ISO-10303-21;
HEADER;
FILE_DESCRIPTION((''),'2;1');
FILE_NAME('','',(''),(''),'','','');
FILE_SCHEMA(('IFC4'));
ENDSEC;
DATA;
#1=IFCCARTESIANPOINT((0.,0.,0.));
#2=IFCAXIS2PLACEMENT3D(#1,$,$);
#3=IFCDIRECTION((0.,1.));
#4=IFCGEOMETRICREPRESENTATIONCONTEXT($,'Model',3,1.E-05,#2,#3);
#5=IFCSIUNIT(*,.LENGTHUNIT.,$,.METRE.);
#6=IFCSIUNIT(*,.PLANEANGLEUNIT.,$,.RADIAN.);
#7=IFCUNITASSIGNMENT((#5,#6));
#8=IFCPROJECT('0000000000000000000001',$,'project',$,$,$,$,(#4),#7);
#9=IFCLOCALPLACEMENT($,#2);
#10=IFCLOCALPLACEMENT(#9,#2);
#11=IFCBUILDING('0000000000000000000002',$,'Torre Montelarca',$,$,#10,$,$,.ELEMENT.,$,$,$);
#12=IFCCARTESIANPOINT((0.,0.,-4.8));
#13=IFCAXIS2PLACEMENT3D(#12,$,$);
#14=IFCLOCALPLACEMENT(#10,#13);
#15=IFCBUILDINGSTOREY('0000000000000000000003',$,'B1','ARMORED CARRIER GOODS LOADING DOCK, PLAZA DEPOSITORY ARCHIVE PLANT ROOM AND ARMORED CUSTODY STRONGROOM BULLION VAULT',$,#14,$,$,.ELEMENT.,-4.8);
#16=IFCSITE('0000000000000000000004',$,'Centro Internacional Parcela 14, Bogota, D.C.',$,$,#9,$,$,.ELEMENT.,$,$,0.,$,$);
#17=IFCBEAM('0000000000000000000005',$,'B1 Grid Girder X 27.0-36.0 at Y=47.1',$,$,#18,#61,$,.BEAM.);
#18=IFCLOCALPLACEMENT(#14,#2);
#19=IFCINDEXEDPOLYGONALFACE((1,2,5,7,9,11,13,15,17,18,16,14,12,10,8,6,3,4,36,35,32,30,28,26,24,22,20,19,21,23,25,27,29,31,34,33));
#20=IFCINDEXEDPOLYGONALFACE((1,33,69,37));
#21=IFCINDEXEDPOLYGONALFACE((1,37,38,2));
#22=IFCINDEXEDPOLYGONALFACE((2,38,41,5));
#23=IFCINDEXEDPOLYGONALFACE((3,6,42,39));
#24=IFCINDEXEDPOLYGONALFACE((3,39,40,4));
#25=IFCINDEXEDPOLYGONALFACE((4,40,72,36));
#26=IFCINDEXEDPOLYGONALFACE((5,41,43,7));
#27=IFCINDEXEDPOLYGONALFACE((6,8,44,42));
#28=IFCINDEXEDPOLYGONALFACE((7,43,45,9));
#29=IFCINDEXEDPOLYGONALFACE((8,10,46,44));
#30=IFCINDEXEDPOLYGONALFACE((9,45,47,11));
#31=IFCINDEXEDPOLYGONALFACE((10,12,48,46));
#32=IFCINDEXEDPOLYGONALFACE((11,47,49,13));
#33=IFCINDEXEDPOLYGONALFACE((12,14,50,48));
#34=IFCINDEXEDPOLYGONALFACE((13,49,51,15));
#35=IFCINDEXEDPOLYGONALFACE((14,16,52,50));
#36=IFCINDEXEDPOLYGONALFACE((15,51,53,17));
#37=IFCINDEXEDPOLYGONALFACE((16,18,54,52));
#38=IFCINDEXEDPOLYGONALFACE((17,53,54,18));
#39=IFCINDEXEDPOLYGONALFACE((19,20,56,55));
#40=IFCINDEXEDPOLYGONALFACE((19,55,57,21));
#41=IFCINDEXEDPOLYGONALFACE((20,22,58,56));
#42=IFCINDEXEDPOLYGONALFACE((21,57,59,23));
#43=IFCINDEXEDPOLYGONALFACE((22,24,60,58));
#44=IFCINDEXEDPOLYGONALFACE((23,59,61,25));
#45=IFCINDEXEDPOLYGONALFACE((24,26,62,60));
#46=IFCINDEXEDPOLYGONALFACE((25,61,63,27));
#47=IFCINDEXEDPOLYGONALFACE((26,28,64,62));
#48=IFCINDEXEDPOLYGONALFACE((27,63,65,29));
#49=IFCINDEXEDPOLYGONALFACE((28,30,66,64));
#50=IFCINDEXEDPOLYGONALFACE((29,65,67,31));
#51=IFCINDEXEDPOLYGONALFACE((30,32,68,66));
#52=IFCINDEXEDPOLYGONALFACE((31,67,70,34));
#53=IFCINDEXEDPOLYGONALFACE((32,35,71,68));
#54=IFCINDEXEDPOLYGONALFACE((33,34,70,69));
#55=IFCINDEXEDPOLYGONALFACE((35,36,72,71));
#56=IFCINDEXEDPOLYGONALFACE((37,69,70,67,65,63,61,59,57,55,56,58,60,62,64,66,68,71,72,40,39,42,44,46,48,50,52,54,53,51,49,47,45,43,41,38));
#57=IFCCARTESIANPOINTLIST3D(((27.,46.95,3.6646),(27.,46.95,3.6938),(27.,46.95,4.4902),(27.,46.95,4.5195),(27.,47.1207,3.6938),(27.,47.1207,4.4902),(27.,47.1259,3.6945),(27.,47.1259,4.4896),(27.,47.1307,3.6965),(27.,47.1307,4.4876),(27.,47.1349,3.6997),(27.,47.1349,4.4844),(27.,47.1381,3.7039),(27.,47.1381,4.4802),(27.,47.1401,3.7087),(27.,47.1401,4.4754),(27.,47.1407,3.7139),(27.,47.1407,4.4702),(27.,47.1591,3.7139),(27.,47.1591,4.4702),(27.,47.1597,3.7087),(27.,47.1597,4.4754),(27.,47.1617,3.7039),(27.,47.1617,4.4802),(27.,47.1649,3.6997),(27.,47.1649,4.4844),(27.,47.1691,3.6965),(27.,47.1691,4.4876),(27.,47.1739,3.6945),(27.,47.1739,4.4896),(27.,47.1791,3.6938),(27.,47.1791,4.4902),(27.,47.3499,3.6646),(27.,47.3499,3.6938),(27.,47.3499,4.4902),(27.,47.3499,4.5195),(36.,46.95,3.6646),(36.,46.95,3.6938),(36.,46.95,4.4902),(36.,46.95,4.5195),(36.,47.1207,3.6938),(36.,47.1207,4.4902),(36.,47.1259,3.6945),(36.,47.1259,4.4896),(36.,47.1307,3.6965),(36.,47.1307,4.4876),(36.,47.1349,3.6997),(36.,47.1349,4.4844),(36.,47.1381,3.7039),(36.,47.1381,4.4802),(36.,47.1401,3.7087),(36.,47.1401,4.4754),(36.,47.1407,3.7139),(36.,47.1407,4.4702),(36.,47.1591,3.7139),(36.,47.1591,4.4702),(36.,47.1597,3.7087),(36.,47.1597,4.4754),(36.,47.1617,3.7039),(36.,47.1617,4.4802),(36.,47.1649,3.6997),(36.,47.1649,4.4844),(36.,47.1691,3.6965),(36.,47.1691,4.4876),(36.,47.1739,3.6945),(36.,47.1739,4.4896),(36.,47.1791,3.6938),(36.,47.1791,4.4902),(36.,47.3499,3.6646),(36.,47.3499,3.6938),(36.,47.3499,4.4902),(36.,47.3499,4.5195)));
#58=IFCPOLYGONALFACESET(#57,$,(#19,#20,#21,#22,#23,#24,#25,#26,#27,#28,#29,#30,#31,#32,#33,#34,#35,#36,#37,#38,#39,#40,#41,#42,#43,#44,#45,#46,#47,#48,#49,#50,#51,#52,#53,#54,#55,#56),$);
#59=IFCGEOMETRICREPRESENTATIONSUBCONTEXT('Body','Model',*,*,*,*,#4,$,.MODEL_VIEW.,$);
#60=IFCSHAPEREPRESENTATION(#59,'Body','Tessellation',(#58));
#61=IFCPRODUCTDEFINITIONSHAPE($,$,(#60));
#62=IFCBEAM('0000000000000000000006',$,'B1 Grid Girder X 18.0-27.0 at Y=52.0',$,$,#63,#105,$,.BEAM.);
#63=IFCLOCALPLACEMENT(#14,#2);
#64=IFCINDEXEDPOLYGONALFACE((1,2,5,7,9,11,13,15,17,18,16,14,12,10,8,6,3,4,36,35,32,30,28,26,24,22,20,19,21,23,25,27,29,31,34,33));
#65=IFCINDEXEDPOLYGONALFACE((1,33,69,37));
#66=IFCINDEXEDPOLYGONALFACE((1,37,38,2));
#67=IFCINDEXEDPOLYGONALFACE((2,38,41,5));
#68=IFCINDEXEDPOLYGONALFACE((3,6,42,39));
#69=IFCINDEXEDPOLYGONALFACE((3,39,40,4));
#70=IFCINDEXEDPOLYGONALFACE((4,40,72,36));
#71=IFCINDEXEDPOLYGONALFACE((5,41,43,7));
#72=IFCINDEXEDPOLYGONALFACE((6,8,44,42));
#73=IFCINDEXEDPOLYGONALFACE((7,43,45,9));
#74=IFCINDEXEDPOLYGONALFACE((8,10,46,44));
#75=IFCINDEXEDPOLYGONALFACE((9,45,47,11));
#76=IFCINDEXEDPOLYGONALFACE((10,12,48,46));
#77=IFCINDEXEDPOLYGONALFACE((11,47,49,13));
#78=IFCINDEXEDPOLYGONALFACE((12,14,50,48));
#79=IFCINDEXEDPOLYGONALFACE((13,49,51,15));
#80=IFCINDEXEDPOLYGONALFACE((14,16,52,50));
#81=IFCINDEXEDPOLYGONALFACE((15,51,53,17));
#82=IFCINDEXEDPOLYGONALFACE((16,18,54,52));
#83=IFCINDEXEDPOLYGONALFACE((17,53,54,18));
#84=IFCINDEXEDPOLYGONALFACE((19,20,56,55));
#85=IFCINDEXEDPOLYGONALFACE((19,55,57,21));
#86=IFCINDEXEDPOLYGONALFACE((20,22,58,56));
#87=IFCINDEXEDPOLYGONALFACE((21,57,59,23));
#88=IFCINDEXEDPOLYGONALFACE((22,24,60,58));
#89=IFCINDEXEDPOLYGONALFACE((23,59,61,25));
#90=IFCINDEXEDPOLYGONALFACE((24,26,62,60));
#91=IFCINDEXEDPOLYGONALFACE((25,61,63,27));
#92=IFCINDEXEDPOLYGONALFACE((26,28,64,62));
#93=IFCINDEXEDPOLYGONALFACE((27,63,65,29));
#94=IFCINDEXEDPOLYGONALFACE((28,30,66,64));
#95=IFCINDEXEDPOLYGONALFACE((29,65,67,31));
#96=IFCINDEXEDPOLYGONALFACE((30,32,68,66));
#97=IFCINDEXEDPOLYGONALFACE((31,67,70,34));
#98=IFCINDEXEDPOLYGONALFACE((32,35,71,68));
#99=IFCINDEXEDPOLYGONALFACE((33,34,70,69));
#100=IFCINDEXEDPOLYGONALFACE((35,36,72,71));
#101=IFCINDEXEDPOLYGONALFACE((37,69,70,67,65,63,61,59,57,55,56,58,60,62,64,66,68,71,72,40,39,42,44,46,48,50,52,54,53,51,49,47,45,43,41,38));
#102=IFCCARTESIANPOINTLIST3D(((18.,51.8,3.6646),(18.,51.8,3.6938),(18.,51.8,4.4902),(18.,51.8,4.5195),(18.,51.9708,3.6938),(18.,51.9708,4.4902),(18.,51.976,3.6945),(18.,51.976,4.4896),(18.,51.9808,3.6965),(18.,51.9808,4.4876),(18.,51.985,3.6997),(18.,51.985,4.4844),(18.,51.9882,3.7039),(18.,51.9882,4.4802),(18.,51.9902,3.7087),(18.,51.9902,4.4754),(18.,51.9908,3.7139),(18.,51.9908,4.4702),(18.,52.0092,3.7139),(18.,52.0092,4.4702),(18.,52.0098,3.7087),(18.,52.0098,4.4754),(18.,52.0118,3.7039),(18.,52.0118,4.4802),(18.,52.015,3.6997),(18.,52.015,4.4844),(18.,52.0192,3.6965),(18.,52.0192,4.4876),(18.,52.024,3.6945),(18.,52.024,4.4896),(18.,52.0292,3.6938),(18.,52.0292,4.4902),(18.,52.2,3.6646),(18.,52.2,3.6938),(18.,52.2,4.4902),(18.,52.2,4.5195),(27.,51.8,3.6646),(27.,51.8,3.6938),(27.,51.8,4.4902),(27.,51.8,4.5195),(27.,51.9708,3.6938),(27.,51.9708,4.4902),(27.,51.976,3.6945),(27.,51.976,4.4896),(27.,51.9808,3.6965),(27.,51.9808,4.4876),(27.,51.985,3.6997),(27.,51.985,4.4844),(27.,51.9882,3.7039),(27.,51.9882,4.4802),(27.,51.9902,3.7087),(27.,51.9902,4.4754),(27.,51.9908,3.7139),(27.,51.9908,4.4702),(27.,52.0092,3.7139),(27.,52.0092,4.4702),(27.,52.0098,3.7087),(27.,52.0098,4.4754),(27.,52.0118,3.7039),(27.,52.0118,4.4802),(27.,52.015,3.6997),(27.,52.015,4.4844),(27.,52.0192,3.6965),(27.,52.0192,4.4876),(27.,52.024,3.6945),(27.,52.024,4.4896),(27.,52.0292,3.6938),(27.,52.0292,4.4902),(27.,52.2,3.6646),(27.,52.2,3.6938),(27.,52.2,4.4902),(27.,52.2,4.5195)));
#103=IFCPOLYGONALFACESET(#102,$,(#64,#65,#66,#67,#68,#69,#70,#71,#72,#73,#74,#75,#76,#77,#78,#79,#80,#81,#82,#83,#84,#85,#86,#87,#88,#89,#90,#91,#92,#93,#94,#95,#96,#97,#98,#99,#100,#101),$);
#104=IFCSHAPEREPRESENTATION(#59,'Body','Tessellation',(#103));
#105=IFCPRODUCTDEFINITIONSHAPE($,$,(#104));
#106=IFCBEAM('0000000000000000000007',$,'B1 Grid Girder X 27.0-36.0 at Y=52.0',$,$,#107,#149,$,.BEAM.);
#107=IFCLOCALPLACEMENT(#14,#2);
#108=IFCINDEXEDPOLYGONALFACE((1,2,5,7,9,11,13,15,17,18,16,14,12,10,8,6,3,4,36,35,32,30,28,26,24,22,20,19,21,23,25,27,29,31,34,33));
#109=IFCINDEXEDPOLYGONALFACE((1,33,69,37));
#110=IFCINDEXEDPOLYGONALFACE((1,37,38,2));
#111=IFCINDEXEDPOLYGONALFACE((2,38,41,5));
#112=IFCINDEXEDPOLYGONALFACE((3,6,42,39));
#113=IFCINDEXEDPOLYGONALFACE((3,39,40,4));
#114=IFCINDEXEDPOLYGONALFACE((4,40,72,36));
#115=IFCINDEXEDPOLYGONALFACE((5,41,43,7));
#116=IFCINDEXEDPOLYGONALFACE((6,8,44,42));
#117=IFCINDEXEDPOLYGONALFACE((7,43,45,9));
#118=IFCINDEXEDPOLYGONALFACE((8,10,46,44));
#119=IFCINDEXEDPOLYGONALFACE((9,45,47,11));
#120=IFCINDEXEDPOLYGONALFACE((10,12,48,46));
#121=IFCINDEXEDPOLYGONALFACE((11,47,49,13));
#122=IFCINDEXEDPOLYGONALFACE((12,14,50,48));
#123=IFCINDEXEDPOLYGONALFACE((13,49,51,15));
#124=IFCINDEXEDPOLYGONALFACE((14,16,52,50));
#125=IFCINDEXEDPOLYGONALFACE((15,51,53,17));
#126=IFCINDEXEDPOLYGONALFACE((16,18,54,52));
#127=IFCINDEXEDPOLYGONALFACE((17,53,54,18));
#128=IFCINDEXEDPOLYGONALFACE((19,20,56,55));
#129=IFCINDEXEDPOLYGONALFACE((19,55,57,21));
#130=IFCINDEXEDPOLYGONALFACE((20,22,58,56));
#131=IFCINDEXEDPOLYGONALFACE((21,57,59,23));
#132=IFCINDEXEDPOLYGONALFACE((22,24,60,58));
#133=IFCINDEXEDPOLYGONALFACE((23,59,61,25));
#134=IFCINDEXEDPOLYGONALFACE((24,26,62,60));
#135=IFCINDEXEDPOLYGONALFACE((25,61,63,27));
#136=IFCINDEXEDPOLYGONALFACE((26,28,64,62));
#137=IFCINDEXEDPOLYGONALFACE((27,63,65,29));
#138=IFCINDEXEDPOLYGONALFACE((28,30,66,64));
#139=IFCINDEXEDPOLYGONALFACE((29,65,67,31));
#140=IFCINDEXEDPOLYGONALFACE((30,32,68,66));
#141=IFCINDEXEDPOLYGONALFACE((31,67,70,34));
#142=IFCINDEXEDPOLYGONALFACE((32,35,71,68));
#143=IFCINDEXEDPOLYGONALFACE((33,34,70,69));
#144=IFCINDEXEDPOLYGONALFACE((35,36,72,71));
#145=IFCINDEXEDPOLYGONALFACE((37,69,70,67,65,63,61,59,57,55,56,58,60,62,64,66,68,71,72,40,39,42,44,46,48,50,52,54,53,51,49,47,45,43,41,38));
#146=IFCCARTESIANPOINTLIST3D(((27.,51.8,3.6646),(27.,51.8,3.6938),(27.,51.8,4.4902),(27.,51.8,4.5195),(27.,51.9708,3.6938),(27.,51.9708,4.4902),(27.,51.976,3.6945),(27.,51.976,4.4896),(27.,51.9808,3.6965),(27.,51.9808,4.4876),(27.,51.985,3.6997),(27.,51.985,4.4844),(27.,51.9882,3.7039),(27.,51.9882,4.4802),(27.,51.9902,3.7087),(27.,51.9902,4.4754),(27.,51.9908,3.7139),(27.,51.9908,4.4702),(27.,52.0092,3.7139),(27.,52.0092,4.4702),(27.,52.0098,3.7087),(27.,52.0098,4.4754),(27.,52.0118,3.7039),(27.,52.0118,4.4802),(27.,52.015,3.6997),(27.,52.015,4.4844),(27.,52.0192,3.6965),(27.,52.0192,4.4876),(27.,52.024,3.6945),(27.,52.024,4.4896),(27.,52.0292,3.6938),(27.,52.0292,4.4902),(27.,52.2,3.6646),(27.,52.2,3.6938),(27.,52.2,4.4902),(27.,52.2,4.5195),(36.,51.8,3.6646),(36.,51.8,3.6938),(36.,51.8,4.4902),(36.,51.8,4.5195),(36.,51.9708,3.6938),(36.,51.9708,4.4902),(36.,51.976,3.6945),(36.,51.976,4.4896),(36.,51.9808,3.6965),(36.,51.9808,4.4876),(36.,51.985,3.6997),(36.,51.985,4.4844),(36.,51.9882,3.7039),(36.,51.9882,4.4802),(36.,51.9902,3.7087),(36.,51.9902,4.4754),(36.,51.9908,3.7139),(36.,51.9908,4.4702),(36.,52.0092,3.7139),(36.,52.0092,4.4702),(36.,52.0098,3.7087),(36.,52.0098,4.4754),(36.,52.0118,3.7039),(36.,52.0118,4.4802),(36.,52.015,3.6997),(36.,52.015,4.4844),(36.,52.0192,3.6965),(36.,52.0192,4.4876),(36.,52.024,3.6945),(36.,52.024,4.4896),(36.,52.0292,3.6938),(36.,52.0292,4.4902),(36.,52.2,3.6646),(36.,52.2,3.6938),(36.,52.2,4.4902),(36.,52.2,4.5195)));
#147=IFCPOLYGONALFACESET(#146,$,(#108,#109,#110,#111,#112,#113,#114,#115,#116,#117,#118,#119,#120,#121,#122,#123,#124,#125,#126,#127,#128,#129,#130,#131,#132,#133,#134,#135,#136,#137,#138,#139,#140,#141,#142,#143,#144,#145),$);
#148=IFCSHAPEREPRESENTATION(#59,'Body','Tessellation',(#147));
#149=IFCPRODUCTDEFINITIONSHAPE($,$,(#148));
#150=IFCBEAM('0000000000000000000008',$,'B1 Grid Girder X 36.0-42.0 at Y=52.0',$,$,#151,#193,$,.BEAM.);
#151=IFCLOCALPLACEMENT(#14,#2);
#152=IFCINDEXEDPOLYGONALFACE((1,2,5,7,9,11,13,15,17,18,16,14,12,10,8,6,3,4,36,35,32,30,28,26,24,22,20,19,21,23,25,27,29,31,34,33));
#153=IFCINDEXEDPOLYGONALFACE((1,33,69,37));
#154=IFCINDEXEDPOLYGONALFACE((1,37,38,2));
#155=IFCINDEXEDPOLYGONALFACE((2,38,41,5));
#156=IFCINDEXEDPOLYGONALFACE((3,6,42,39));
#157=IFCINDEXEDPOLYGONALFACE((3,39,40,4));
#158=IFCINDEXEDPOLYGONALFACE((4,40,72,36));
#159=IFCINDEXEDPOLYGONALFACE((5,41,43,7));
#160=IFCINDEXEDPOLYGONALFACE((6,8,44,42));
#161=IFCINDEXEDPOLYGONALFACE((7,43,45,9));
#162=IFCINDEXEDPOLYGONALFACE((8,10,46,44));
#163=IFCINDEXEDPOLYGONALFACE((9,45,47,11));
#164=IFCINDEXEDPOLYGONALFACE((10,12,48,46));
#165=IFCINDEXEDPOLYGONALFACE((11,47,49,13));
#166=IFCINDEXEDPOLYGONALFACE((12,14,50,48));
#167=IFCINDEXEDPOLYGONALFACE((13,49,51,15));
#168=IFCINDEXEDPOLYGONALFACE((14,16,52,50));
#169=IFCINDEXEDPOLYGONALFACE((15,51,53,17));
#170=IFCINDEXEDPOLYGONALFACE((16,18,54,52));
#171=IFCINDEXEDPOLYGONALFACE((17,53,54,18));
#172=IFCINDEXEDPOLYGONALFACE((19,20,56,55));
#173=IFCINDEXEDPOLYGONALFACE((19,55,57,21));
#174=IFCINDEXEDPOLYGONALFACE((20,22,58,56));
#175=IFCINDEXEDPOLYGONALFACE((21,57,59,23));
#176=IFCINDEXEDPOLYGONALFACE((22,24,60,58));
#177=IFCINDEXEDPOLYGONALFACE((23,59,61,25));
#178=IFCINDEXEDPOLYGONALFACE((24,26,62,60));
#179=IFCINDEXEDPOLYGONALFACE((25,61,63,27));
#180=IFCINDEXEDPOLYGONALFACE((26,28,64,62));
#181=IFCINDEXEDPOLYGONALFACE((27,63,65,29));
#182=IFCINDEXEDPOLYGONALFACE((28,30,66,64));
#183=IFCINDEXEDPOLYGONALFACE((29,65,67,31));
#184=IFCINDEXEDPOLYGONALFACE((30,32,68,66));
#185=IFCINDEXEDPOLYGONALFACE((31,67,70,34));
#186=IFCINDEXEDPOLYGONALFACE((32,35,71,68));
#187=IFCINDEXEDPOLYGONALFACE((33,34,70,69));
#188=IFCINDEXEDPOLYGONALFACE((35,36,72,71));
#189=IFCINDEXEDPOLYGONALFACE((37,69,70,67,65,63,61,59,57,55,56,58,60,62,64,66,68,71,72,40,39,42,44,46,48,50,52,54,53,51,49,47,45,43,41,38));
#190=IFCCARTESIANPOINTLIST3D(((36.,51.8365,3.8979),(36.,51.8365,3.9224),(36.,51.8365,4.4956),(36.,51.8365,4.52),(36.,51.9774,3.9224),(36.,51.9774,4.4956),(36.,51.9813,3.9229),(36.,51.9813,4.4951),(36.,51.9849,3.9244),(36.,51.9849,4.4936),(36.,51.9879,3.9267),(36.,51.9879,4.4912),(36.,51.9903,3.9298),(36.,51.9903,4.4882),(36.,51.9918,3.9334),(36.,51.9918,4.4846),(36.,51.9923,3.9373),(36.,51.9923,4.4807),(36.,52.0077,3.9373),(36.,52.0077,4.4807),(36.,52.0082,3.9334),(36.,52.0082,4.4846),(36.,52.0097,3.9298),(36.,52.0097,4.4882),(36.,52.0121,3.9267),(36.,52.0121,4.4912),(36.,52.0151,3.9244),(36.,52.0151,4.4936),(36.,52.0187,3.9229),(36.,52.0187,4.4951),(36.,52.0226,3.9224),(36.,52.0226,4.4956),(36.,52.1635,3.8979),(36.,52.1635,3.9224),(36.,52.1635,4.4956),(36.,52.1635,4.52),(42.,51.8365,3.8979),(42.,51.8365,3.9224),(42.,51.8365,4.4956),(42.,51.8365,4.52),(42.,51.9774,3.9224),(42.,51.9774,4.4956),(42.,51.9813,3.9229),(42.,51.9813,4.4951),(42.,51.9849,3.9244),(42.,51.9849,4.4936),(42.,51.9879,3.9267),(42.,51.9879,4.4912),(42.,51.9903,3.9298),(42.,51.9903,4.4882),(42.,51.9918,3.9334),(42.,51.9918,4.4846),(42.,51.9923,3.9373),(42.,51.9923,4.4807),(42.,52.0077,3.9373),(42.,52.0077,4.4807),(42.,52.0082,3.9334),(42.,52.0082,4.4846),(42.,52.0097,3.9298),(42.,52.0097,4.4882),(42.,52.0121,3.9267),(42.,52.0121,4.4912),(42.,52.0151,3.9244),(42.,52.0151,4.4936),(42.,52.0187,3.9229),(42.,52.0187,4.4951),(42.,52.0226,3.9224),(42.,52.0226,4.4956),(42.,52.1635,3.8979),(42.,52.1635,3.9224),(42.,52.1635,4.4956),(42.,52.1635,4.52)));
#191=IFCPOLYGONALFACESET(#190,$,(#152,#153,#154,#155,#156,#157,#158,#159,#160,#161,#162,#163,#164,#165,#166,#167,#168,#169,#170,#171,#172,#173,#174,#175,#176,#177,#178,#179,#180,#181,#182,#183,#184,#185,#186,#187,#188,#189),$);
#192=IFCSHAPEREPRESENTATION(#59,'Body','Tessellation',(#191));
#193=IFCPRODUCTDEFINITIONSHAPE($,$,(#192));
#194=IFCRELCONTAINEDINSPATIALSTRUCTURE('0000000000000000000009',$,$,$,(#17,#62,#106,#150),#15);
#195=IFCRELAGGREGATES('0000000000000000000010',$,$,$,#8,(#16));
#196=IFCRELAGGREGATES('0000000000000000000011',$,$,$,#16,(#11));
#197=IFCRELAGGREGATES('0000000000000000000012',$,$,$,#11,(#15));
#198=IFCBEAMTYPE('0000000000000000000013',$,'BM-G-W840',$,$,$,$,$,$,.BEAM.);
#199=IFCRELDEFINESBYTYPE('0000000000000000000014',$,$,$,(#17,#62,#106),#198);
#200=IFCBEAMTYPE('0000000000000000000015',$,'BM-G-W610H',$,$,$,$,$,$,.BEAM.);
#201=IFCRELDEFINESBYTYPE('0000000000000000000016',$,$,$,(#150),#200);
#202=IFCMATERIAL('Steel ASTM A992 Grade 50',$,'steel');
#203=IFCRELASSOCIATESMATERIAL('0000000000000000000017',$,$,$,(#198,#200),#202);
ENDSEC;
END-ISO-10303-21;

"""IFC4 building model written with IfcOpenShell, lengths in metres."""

from ifc_helpers import new_model, si_unit, direction, frame, origin, origin_2d, place, context, subcontext, project, spatial, i_section, extrude, source, transform, mapped, material, material_profile, profile_set, type_object, element, save


model = new_model("IFC4")

# Units and contexts
model_context = context("Model", 3, precision=1e-05, world=origin(), true_north=direction((0.0, 1.0)))
body_context = subcontext(model_context, "Body", "Model", "MODEL_VIEW")
ifc_project = project(units=[si_unit("LENGTHUNIT", "METRE"), si_unit("PLANEANGLEUNIT", "RADIAN")], contexts=[model_context])

# Site, building, storey
site_placement = place(None, origin())
site = spatial("IfcSite", under=ifc_project, at=site_placement, Name="Centro Internacional Parcela 14, Bogota, D.C.", CompositionType="ELEMENT", RefElevation=0.0)
building_placement = place(site_placement, origin())
building = spatial("IfcBuilding", under=site, at=building_placement, Name="Torre Montelarca", CompositionType="ELEMENT")
storey_placement = place(building_placement, frame((0.0, 0.0, -4.8)))
storey = spatial("IfcBuildingStorey", under=building, at=storey_placement, Name="B1", Description="ARMORED CARRIER GOODS LOADING DOCK, PLAZA DEPOSITORY ARCHIVE PLANT ROOM AND ARMORED CUSTODY STRONGROOM BULLION VAULT", CompositionType="ELEMENT", Elevation=-4.8)

# Beams
ifc_material_1 = material(Name="Steel ASTM A992 Grade 50", Category="steel")
ifc_material_profile_1 = material_profile(ifc_material_1, i_section(OverallWidth=0.3999, OverallDepth=0.855, WebThickness=0.0183, FlangeThickness=0.0293, FilletRadius=0.02, at=origin_2d()), Name="W840X299", Category="steel")
ifc_profile_set_1 = profile_set([ifc_material_profile_1], Name="Steel ASTM A992 Grade 50")
beam_type_1 = type_object("IfcBeamType", Name="BM-G-W840", PredefinedType="BEAM", material=ifc_profile_set_1)
shared_shape_1 = source(origin(), body_context, "Body", "SweptSolid", [
    extrude(i_section(OverallWidth=0.3999, OverallDepth=0.855, WebThickness=0.0183, FlangeThickness=0.0293, FilletRadius=0.02, at=origin_2d()), origin(), (0.0, 0.0, 1.0), 9.0),
])
for number, where, z_axis, x_axis, name in (
    (1, (27.0, 47.1499, 4.092), (1.0, 0.0, 0.0), (0.0, 1.0, 0.0), "B1 Grid Girder X 27.0-36.0 at Y=47.1"),
    (2, (18.0, 52.0, 4.092), (1.0, 0.0, 0.0), (0.0, 1.0, 0.0), "B1 Grid Girder X 18.0-27.0 at Y=52.0"),
    (3, (27.0, 52.0, 4.092), (1.0, 0.0, 0.0), (0.0, 1.0, 0.0), "B1 Grid Girder X 27.0-36.0 at Y=52.0"),
):
    element("IfcBeam", number, at=place(storey_placement, frame(where, z_axis=z_axis, x_axis=x_axis)), inside=storey, type_object=beam_type_1, Name=name, PredefinedType="BEAM", context=body_context, shape_type="MappedRepresentation", body=[
        mapped(shared_shape_1, transform((0.0, 0.0, 0.0), scale=1.0)),
    ])
ifc_material_profile_2 = material_profile(ifc_material_1, i_section(OverallWidth=0.3269, OverallDepth=0.6221, WebThickness=0.0154, FlangeThickness=0.0244, FilletRadius=0.0149, at=origin_2d()), Name="W610X195", Category="steel")
ifc_profile_set_2 = profile_set([ifc_material_profile_2], Name="Steel ASTM A992 Grade 50")
beam_type_2 = type_object("IfcBeamType", Name="BM-G-W610H", PredefinedType="BEAM", material=ifc_profile_set_2)
shared_shape_2 = source(origin(), body_context, "Body", "SweptSolid", [
    extrude(i_section(OverallWidth=0.3269, OverallDepth=0.6221, WebThickness=0.0154, FlangeThickness=0.0244, FilletRadius=0.0149, at=origin_2d()), origin(), (0.0, 0.0, 1.0), 6.0),
])
beam_1_placement = place(storey_placement, frame((36.0, 52.0, 4.209), z_axis=(1.0, 0.0, 0.0), x_axis=(0.0, 1.0, 0.0)))
element("IfcBeam", 4, at=beam_1_placement, inside=storey, type_object=beam_type_2, Name="B1 Grid Girder X 36.0-42.0 at Y=52.0", PredefinedType="BEAM", context=body_context, shape_type="MappedRepresentation", body=[
    mapped(shared_shape_2, transform((0.0, 0.0, 0.0), scale=1.0)),
])

save(model, "model.ifc")
